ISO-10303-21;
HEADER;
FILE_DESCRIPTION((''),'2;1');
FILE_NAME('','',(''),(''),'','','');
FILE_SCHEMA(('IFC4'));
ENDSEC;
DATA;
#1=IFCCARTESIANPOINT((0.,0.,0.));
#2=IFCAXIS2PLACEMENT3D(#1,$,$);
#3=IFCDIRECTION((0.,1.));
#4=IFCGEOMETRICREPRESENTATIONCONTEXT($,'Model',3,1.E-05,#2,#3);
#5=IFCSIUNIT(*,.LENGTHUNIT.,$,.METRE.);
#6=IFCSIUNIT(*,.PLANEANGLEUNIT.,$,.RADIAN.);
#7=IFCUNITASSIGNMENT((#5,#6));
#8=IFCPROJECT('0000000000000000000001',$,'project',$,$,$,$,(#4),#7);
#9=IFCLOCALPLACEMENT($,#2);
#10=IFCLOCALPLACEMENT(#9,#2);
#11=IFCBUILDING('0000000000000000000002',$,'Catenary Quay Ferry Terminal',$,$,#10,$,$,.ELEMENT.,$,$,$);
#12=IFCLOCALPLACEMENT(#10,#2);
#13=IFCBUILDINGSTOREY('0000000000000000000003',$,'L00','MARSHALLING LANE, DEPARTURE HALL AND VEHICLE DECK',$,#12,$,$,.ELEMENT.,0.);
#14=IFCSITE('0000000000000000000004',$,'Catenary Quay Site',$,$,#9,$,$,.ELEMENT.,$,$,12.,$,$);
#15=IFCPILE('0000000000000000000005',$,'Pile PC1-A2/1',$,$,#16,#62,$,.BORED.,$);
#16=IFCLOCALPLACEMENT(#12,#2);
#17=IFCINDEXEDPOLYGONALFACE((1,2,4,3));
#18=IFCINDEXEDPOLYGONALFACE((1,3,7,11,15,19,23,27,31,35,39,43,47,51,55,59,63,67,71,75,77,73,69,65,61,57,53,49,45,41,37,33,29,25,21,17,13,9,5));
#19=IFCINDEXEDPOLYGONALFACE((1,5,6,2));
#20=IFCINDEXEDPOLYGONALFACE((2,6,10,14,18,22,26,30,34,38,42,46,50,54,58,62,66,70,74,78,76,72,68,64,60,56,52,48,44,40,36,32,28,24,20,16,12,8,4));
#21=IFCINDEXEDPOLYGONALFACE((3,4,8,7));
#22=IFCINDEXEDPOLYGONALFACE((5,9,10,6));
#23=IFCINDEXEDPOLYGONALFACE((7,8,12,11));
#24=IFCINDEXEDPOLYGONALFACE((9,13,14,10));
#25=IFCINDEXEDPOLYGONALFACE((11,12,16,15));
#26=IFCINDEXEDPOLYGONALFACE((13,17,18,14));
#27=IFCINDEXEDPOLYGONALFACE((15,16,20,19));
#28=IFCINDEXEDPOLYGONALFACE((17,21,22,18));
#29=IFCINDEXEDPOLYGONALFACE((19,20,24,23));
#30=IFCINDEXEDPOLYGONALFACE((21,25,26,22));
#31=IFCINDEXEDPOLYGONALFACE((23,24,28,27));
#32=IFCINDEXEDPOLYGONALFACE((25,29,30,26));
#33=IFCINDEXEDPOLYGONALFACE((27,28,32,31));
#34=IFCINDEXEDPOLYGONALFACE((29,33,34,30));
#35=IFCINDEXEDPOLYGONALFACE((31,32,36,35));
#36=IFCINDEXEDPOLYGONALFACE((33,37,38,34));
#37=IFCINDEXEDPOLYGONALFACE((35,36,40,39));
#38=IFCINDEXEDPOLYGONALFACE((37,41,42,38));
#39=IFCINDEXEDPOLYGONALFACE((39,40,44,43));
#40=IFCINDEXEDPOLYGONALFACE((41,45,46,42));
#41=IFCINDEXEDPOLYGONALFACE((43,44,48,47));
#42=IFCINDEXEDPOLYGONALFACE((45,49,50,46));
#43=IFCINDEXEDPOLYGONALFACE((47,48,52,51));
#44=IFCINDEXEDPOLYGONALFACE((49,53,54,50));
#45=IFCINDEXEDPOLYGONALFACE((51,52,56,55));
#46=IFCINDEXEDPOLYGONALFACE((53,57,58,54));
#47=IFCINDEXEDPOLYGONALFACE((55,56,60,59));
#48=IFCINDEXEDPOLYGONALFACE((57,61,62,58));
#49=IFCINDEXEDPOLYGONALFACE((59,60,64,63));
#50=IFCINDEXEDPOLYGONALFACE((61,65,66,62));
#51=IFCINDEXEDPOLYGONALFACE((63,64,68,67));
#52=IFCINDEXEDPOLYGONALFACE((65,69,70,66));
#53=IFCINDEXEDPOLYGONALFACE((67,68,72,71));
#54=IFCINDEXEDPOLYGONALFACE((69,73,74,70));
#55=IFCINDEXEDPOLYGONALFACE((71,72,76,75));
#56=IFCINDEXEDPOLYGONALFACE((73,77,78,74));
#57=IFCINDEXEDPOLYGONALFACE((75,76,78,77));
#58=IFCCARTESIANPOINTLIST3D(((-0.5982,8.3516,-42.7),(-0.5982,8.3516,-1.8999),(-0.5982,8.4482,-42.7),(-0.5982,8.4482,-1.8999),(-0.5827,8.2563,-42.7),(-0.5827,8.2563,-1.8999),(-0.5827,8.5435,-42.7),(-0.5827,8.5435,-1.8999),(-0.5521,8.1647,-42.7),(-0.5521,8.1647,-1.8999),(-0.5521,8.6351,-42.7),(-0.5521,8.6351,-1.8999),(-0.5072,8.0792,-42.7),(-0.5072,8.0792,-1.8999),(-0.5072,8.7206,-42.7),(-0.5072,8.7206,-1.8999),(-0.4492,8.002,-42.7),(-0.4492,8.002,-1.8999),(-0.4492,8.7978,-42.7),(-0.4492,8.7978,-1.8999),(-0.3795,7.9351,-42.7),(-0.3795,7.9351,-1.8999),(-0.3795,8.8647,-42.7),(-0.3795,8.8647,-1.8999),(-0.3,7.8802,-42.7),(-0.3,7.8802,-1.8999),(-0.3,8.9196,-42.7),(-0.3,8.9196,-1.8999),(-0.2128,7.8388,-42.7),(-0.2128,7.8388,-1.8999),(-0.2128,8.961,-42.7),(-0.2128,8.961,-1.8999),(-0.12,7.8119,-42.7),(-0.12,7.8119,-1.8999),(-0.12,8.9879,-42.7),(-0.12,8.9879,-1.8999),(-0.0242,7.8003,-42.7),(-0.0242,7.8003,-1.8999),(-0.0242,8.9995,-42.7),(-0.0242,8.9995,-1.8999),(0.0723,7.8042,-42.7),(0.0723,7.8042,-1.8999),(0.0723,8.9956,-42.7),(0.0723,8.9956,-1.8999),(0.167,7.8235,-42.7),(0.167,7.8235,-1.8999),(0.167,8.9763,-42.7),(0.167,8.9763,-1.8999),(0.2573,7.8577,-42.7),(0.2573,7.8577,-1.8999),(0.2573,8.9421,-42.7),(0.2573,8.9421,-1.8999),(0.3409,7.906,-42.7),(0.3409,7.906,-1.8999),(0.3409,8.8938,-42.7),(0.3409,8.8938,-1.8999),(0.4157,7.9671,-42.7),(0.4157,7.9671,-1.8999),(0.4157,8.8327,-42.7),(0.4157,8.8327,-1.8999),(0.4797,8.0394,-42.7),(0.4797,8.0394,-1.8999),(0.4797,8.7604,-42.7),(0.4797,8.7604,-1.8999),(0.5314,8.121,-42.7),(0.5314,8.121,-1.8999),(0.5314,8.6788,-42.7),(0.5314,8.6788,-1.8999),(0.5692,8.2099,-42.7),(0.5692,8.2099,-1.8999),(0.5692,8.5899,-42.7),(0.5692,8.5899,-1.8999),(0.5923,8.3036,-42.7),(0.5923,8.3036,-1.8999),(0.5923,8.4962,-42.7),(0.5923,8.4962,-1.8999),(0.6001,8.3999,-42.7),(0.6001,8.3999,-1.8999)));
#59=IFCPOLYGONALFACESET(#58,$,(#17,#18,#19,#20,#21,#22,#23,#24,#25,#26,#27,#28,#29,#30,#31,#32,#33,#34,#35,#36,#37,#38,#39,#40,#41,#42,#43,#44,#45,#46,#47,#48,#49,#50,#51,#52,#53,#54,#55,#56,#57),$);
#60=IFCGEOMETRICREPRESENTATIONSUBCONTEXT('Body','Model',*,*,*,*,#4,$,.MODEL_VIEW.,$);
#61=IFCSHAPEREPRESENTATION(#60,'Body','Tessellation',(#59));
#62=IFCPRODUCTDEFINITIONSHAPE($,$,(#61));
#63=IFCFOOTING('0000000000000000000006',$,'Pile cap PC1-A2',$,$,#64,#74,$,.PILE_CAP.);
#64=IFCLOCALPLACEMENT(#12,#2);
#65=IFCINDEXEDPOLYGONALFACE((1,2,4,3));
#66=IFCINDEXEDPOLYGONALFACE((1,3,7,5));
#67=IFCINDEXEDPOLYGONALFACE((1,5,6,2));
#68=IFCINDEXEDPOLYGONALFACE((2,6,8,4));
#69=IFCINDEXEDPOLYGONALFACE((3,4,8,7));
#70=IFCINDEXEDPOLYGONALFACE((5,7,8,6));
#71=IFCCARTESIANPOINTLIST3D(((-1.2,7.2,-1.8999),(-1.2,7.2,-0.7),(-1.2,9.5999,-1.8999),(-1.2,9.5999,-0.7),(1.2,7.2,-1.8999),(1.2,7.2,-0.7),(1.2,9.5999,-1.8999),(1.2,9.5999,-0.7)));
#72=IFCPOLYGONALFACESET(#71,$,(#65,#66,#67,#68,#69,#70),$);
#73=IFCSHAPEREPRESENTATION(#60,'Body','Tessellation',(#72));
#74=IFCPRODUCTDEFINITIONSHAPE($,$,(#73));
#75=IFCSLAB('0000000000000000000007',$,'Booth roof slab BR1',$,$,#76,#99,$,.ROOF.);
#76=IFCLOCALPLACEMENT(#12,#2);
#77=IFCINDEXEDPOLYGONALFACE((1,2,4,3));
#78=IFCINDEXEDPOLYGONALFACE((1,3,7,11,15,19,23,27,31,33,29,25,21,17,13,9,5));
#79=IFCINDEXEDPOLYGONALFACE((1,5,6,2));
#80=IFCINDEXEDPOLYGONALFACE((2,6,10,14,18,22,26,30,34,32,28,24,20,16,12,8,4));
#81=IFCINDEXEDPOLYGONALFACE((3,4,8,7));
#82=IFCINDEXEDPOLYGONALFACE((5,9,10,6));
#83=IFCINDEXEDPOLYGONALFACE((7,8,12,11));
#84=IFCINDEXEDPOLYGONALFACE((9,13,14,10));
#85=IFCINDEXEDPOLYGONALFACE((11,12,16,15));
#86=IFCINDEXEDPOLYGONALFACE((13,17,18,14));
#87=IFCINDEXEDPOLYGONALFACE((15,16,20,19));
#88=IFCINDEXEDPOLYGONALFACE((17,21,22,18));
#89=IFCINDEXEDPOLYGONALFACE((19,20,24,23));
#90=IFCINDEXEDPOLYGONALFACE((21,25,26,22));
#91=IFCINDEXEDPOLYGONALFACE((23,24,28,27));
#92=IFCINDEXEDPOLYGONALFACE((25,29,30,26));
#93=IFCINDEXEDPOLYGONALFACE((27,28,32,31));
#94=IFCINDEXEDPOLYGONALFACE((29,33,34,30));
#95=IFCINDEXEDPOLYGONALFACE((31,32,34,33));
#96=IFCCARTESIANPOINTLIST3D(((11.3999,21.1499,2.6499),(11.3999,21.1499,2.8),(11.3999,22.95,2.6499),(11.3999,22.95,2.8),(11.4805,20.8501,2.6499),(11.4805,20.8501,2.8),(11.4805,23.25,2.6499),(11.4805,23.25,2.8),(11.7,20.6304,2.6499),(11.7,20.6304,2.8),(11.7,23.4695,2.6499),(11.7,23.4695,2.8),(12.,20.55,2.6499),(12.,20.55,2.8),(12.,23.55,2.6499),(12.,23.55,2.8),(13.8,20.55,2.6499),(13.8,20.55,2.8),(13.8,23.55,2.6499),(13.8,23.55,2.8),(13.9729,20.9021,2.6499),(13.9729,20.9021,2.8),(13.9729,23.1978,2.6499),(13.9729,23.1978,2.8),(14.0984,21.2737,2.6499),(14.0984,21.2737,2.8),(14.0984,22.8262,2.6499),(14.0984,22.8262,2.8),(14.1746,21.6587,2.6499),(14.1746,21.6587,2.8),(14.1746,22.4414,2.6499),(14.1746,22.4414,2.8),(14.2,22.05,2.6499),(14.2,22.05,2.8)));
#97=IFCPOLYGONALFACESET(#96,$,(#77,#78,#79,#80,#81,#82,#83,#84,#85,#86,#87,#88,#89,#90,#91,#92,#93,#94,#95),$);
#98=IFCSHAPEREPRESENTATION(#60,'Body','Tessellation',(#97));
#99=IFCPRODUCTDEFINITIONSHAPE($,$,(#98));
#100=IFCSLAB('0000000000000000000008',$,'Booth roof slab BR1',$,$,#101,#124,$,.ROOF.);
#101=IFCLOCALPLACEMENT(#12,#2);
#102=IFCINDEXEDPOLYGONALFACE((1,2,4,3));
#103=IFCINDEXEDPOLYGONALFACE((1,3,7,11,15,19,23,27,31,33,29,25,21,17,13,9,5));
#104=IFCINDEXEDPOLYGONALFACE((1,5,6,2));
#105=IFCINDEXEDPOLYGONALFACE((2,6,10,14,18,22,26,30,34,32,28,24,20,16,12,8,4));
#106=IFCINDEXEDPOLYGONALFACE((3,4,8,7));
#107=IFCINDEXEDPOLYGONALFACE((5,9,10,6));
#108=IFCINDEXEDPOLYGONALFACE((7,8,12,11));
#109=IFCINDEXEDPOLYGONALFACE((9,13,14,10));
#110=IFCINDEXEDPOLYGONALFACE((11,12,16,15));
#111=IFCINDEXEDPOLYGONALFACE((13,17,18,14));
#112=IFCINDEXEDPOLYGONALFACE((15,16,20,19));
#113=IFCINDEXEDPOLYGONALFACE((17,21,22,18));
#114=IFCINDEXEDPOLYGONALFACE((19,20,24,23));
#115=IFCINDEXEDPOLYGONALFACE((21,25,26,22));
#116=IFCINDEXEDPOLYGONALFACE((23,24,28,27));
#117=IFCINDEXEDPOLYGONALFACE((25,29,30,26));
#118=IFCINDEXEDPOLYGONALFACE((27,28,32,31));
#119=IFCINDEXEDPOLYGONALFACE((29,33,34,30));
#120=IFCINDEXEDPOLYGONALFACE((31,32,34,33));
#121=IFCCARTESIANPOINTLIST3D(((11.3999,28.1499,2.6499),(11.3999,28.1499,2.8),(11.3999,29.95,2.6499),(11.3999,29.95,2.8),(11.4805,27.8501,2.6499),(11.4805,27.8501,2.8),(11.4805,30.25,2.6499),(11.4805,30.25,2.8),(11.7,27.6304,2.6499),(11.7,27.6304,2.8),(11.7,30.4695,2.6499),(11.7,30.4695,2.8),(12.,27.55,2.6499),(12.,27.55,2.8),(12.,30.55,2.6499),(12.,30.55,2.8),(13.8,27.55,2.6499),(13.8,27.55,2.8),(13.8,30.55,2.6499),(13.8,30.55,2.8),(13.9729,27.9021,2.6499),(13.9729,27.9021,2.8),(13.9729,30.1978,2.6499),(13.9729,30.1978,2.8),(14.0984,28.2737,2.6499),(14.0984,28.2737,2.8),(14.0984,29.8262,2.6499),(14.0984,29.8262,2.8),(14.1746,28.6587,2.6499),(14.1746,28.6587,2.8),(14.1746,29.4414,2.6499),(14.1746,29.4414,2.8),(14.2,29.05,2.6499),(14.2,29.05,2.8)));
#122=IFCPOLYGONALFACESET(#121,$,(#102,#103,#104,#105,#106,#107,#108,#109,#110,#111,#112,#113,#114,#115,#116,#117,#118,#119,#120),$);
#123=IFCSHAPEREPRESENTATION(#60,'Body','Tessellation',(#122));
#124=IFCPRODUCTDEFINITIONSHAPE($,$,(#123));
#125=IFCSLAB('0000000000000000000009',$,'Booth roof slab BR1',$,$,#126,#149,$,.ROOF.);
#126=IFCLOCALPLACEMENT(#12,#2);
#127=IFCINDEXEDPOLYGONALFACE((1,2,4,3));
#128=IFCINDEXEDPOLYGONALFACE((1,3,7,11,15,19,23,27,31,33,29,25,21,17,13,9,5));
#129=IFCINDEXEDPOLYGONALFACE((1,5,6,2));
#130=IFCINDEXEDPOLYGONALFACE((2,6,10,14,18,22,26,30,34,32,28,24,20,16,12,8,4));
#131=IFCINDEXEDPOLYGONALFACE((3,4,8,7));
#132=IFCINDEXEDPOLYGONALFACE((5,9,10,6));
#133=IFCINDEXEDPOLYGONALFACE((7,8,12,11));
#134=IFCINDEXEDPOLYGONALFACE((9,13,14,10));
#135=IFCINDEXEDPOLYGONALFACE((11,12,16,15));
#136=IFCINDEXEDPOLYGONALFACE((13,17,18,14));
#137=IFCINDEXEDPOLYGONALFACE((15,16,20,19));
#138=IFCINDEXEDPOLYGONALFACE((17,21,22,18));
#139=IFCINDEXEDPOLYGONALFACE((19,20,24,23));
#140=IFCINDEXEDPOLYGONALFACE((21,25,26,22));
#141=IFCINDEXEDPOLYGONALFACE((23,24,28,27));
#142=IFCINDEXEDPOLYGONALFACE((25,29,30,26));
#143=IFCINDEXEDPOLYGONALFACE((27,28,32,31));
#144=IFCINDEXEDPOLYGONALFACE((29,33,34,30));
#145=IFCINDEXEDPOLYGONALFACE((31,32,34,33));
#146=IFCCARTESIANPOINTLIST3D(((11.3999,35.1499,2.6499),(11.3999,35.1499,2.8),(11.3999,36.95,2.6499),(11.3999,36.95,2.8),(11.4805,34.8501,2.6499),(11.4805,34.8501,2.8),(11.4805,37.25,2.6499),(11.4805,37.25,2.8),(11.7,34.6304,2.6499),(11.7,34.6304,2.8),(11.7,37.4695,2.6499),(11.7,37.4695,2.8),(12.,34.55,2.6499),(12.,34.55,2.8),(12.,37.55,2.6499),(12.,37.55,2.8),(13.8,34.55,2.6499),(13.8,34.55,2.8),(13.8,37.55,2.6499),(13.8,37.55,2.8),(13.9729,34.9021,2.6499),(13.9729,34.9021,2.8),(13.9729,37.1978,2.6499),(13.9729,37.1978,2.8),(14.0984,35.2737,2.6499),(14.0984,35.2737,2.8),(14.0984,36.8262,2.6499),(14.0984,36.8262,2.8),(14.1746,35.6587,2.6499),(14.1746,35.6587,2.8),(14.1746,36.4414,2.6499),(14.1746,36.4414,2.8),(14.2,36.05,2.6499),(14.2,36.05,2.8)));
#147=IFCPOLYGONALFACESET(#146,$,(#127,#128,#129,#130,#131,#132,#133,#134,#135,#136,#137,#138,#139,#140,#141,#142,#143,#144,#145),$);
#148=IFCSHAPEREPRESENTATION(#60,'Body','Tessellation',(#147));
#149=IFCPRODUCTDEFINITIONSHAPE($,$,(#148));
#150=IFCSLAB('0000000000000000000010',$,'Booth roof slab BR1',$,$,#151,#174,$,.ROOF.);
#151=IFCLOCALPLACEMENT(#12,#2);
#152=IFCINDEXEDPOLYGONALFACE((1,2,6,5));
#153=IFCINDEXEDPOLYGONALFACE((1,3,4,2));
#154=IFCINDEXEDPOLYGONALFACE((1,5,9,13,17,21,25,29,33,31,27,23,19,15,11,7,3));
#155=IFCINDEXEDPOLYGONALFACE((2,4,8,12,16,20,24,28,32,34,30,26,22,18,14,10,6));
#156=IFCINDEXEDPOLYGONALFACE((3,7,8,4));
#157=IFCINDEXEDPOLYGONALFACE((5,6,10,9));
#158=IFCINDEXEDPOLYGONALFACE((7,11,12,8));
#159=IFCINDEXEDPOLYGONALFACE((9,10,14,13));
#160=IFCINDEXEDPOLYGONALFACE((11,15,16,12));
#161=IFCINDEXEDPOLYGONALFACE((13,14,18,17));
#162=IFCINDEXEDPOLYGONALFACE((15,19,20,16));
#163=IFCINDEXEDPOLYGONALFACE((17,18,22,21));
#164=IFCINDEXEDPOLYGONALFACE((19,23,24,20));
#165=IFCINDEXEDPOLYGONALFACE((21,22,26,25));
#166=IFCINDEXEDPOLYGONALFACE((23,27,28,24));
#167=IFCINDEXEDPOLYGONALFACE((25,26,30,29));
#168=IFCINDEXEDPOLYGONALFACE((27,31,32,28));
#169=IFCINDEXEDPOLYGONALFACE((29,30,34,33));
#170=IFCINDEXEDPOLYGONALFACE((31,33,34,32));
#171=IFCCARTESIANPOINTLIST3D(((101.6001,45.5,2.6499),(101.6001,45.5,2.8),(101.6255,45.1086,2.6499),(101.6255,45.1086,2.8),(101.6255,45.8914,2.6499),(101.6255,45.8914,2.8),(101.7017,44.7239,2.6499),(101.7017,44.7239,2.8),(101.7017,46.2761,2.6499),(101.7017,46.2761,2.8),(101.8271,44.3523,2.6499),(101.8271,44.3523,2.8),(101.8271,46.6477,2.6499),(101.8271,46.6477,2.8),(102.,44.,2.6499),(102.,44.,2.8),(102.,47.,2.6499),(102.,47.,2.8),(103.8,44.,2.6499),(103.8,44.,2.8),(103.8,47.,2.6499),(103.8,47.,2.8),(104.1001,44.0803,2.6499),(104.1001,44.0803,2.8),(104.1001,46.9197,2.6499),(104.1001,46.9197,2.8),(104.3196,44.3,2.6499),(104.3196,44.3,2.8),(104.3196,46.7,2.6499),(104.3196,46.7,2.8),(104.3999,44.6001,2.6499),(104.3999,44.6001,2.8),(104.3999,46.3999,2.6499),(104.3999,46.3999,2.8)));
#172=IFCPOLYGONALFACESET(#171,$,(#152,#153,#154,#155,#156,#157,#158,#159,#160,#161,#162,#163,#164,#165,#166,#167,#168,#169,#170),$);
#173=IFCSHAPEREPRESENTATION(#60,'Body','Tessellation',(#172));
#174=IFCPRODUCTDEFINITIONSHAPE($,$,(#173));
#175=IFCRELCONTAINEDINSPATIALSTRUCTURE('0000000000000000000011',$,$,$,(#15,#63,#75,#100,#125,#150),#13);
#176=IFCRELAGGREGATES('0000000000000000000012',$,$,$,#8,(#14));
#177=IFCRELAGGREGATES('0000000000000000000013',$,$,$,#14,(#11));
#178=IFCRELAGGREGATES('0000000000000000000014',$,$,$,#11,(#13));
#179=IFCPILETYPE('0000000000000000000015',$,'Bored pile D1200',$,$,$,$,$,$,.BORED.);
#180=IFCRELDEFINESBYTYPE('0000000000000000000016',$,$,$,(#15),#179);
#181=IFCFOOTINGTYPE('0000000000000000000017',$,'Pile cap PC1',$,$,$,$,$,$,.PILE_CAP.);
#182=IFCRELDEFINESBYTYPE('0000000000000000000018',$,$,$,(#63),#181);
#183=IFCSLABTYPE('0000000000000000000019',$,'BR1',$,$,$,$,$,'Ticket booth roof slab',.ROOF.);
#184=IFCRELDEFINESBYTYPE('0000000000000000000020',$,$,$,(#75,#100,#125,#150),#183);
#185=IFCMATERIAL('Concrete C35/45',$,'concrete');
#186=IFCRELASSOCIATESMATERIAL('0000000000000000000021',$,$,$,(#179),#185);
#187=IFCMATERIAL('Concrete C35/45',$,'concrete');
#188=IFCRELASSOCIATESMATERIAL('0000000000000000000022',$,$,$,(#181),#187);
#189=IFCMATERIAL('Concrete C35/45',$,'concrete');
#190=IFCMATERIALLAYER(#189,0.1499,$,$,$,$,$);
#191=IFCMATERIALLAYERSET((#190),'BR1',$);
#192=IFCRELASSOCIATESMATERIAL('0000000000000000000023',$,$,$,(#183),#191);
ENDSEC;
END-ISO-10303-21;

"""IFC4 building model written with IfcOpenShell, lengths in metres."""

from ifc_helpers import new_model, si_unit, direction, frame, origin, origin_2d, place, context, subcontext, project, spatial, polyline, rectangle, circle, outline, extrude, material, layer, layer_set, material_profile, profile_set, type_object, element, save


model = new_model("IFC4")

# Units and contexts
model_context = context("Model", 3, precision=1e-05, world=origin(), true_north=direction((0.0, 1.0)))
body_context = subcontext(model_context, "Body", "Model", "MODEL_VIEW")
ifc_project = project(units=[si_unit("LENGTHUNIT", "METRE"), si_unit("PLANEANGLEUNIT", "RADIAN")], contexts=[model_context])

# Site, building, storey
site_placement = place(None, origin())
site = spatial("IfcSite", under=ifc_project, at=site_placement, Name="Catenary Quay Site", CompositionType="ELEMENT", RefElevation=12.0)
building_placement = place(site_placement, origin())
building = spatial("IfcBuilding", under=site, at=building_placement, Name="Catenary Quay Ferry Terminal", CompositionType="ELEMENT")
storey_placement = place(building_placement, origin())
storey = spatial("IfcBuildingStorey", under=building, at=storey_placement, Name="L00", Description="MARSHALLING LANE, DEPARTURE HALL AND VEHICLE DECK", CompositionType="ELEMENT", Elevation=0.0)

# Pile
ifc_material_1 = material(Name="Concrete C35/45", Category="concrete")
ifc_material_profile = material_profile(ifc_material_1, circle(Radius=0.6001, at=origin_2d()), Name="D1200")
ifc_profile_set = profile_set([ifc_material_profile], Name="Concrete C35/45")
pile_type = type_object("IfcPileType", Name="Bored pile D1200", PredefinedType="BORED", material=ifc_profile_set)
pile_placement = place(storey_placement, frame((0.0, 8.3999, -1.8999), z_axis=(0.0, 0.0, -1.0), x_axis=(1.0, 0.0, 0.0)))
element("IfcPile", 1, at=pile_placement, inside=storey, type_object=pile_type, Name="Pile PC1-A2/1", PredefinedType="BORED", context=body_context, shape_type="SweptSolid", body=[
    extrude(circle(Radius=0.6001, at=origin_2d()), origin(), (0.0, 0.0, 1.0), 40.8),
])

# Footing
ifc_material_2 = material(Name="Concrete C35/45", Category="concrete")
footing_type = type_object("IfcFootingType", Name="Pile cap PC1", PredefinedType="PILE_CAP", material=ifc_material_2)
footing_placement = place(storey_placement, frame((0.0, 8.3999, -1.8999), z_axis=(0.0, 0.0, 1.0), x_axis=(1.0, 0.0, 0.0)))
element("IfcFooting", 2, at=footing_placement, inside=storey, type_object=footing_type, Name="Pile cap PC1-A2", PredefinedType="PILE_CAP", context=body_context, shape_type="SweptSolid", body=[
    extrude(rectangle(XDim=2.3999, YDim=2.3999, at=origin_2d()), origin(), (0.0, 0.0, 1.0), 1.2),
])

# Slabs
ifc_material_3 = material(Name="Concrete C35/45", Category="concrete")
ifc_layer_1 = layer(ifc_material_3, 0.1499)
ifc_layer_set_1 = layer_set([ifc_layer_1], Name="BR1")
slab_type_1 = type_object("IfcSlabType", Name="BR1", ElementType="Ticket booth roof slab", PredefinedType="ROOF", material=ifc_layer_set_1)
slab_1_placement = place(storey_placement, frame((0.0, 0.0, 2.6499)))
element("IfcSlab", 3, at=slab_1_placement, inside=storey, type_object=slab_type_1, Name="Booth roof slab BR1", PredefinedType="ROOF", context=body_context, shape_type="SweptSolid", body=[
    extrude(outline(polyline([(13.8, 20.55), (13.9729, 20.9021), (14.0984, 21.2737), (14.1746, 21.6587), (14.2, 22.05), (14.1746, 22.4414), (14.0984, 22.8262), (13.9729, 23.1978), (13.8, 23.55), (12.0, 23.55), (11.7, 23.4695), (11.4805, 23.25), (11.3999, 22.95), (11.3999, 21.1499), (11.4805, 20.8501), (11.7, 20.6304), (12.0, 20.55), (13.8, 20.55)])), origin(), (0.0, 0.0, 1.0), 0.1501),
])
slab_2_placement = place(storey_placement, frame((0.0, 0.0, 2.6499)))
element("IfcSlab", 4, at=slab_2_placement, inside=storey, type_object=slab_type_1, Name="Booth roof slab BR1", PredefinedType="ROOF", context=body_context, shape_type="SweptSolid", body=[
    extrude(outline(polyline([(13.8, 27.55), (13.9729, 27.9021), (14.0984, 28.2737), (14.1746, 28.6587), (14.2, 29.05), (14.1746, 29.4414), (14.0984, 29.8262), (13.9729, 30.1978), (13.8, 30.55), (12.0, 30.55), (11.7, 30.4695), (11.4805, 30.25), (11.3999, 29.95), (11.3999, 28.1499), (11.4805, 27.8501), (11.7, 27.6304), (12.0, 27.55), (13.8, 27.55)])), origin(), (0.0, 0.0, 1.0), 0.1501),
])
slab_3_placement = place(storey_placement, frame((0.0, 0.0, 2.6499)))
element("IfcSlab", 5, at=slab_3_placement, inside=storey, type_object=slab_type_1, Name="Booth roof slab BR1", PredefinedType="ROOF", context=body_context, shape_type="SweptSolid", body=[
    extrude(outline(polyline([(13.8, 34.55), (13.9729, 34.9021), (14.0984, 35.2737), (14.1746, 35.6587), (14.2, 36.05), (14.1746, 36.4414), (14.0984, 36.8262), (13.9729, 37.1978), (13.8, 37.55), (12.0, 37.55), (11.7, 37.4695), (11.4805, 37.25), (11.3999, 36.95), (11.3999, 35.1499), (11.4805, 34.8501), (11.7, 34.6304), (12.0, 34.55), (13.8, 34.55)])), origin(), (0.0, 0.0, 1.0), 0.1501),
])
slab_4_placement = place(storey_placement, frame((0.0, 0.0, 2.6499)))
element("IfcSlab", 6, at=slab_4_placement, inside=storey, type_object=slab_type_1, Name="Booth roof slab BR1", PredefinedType="ROOF", context=body_context, shape_type="SweptSolid", body=[
    extrude(outline(polyline([(102.0, 44.0), (101.8271, 44.3523), (101.7017, 44.7239), (101.6255, 45.1086), (101.6001, 45.5), (101.6255, 45.8914), (101.7017, 46.2761), (101.8271, 46.6477), (102.0, 47.0), (103.8, 47.0), (104.1001, 46.9197), (104.3196, 46.7), (104.3999, 46.3999), (104.3999, 44.6001), (104.3196, 44.3), (104.1001, 44.0803), (103.8, 44.0), (102.0, 44.0)])), origin(), (0.0, 0.0, 1.0), 0.1501),
])

save(model, "model.ifc")
